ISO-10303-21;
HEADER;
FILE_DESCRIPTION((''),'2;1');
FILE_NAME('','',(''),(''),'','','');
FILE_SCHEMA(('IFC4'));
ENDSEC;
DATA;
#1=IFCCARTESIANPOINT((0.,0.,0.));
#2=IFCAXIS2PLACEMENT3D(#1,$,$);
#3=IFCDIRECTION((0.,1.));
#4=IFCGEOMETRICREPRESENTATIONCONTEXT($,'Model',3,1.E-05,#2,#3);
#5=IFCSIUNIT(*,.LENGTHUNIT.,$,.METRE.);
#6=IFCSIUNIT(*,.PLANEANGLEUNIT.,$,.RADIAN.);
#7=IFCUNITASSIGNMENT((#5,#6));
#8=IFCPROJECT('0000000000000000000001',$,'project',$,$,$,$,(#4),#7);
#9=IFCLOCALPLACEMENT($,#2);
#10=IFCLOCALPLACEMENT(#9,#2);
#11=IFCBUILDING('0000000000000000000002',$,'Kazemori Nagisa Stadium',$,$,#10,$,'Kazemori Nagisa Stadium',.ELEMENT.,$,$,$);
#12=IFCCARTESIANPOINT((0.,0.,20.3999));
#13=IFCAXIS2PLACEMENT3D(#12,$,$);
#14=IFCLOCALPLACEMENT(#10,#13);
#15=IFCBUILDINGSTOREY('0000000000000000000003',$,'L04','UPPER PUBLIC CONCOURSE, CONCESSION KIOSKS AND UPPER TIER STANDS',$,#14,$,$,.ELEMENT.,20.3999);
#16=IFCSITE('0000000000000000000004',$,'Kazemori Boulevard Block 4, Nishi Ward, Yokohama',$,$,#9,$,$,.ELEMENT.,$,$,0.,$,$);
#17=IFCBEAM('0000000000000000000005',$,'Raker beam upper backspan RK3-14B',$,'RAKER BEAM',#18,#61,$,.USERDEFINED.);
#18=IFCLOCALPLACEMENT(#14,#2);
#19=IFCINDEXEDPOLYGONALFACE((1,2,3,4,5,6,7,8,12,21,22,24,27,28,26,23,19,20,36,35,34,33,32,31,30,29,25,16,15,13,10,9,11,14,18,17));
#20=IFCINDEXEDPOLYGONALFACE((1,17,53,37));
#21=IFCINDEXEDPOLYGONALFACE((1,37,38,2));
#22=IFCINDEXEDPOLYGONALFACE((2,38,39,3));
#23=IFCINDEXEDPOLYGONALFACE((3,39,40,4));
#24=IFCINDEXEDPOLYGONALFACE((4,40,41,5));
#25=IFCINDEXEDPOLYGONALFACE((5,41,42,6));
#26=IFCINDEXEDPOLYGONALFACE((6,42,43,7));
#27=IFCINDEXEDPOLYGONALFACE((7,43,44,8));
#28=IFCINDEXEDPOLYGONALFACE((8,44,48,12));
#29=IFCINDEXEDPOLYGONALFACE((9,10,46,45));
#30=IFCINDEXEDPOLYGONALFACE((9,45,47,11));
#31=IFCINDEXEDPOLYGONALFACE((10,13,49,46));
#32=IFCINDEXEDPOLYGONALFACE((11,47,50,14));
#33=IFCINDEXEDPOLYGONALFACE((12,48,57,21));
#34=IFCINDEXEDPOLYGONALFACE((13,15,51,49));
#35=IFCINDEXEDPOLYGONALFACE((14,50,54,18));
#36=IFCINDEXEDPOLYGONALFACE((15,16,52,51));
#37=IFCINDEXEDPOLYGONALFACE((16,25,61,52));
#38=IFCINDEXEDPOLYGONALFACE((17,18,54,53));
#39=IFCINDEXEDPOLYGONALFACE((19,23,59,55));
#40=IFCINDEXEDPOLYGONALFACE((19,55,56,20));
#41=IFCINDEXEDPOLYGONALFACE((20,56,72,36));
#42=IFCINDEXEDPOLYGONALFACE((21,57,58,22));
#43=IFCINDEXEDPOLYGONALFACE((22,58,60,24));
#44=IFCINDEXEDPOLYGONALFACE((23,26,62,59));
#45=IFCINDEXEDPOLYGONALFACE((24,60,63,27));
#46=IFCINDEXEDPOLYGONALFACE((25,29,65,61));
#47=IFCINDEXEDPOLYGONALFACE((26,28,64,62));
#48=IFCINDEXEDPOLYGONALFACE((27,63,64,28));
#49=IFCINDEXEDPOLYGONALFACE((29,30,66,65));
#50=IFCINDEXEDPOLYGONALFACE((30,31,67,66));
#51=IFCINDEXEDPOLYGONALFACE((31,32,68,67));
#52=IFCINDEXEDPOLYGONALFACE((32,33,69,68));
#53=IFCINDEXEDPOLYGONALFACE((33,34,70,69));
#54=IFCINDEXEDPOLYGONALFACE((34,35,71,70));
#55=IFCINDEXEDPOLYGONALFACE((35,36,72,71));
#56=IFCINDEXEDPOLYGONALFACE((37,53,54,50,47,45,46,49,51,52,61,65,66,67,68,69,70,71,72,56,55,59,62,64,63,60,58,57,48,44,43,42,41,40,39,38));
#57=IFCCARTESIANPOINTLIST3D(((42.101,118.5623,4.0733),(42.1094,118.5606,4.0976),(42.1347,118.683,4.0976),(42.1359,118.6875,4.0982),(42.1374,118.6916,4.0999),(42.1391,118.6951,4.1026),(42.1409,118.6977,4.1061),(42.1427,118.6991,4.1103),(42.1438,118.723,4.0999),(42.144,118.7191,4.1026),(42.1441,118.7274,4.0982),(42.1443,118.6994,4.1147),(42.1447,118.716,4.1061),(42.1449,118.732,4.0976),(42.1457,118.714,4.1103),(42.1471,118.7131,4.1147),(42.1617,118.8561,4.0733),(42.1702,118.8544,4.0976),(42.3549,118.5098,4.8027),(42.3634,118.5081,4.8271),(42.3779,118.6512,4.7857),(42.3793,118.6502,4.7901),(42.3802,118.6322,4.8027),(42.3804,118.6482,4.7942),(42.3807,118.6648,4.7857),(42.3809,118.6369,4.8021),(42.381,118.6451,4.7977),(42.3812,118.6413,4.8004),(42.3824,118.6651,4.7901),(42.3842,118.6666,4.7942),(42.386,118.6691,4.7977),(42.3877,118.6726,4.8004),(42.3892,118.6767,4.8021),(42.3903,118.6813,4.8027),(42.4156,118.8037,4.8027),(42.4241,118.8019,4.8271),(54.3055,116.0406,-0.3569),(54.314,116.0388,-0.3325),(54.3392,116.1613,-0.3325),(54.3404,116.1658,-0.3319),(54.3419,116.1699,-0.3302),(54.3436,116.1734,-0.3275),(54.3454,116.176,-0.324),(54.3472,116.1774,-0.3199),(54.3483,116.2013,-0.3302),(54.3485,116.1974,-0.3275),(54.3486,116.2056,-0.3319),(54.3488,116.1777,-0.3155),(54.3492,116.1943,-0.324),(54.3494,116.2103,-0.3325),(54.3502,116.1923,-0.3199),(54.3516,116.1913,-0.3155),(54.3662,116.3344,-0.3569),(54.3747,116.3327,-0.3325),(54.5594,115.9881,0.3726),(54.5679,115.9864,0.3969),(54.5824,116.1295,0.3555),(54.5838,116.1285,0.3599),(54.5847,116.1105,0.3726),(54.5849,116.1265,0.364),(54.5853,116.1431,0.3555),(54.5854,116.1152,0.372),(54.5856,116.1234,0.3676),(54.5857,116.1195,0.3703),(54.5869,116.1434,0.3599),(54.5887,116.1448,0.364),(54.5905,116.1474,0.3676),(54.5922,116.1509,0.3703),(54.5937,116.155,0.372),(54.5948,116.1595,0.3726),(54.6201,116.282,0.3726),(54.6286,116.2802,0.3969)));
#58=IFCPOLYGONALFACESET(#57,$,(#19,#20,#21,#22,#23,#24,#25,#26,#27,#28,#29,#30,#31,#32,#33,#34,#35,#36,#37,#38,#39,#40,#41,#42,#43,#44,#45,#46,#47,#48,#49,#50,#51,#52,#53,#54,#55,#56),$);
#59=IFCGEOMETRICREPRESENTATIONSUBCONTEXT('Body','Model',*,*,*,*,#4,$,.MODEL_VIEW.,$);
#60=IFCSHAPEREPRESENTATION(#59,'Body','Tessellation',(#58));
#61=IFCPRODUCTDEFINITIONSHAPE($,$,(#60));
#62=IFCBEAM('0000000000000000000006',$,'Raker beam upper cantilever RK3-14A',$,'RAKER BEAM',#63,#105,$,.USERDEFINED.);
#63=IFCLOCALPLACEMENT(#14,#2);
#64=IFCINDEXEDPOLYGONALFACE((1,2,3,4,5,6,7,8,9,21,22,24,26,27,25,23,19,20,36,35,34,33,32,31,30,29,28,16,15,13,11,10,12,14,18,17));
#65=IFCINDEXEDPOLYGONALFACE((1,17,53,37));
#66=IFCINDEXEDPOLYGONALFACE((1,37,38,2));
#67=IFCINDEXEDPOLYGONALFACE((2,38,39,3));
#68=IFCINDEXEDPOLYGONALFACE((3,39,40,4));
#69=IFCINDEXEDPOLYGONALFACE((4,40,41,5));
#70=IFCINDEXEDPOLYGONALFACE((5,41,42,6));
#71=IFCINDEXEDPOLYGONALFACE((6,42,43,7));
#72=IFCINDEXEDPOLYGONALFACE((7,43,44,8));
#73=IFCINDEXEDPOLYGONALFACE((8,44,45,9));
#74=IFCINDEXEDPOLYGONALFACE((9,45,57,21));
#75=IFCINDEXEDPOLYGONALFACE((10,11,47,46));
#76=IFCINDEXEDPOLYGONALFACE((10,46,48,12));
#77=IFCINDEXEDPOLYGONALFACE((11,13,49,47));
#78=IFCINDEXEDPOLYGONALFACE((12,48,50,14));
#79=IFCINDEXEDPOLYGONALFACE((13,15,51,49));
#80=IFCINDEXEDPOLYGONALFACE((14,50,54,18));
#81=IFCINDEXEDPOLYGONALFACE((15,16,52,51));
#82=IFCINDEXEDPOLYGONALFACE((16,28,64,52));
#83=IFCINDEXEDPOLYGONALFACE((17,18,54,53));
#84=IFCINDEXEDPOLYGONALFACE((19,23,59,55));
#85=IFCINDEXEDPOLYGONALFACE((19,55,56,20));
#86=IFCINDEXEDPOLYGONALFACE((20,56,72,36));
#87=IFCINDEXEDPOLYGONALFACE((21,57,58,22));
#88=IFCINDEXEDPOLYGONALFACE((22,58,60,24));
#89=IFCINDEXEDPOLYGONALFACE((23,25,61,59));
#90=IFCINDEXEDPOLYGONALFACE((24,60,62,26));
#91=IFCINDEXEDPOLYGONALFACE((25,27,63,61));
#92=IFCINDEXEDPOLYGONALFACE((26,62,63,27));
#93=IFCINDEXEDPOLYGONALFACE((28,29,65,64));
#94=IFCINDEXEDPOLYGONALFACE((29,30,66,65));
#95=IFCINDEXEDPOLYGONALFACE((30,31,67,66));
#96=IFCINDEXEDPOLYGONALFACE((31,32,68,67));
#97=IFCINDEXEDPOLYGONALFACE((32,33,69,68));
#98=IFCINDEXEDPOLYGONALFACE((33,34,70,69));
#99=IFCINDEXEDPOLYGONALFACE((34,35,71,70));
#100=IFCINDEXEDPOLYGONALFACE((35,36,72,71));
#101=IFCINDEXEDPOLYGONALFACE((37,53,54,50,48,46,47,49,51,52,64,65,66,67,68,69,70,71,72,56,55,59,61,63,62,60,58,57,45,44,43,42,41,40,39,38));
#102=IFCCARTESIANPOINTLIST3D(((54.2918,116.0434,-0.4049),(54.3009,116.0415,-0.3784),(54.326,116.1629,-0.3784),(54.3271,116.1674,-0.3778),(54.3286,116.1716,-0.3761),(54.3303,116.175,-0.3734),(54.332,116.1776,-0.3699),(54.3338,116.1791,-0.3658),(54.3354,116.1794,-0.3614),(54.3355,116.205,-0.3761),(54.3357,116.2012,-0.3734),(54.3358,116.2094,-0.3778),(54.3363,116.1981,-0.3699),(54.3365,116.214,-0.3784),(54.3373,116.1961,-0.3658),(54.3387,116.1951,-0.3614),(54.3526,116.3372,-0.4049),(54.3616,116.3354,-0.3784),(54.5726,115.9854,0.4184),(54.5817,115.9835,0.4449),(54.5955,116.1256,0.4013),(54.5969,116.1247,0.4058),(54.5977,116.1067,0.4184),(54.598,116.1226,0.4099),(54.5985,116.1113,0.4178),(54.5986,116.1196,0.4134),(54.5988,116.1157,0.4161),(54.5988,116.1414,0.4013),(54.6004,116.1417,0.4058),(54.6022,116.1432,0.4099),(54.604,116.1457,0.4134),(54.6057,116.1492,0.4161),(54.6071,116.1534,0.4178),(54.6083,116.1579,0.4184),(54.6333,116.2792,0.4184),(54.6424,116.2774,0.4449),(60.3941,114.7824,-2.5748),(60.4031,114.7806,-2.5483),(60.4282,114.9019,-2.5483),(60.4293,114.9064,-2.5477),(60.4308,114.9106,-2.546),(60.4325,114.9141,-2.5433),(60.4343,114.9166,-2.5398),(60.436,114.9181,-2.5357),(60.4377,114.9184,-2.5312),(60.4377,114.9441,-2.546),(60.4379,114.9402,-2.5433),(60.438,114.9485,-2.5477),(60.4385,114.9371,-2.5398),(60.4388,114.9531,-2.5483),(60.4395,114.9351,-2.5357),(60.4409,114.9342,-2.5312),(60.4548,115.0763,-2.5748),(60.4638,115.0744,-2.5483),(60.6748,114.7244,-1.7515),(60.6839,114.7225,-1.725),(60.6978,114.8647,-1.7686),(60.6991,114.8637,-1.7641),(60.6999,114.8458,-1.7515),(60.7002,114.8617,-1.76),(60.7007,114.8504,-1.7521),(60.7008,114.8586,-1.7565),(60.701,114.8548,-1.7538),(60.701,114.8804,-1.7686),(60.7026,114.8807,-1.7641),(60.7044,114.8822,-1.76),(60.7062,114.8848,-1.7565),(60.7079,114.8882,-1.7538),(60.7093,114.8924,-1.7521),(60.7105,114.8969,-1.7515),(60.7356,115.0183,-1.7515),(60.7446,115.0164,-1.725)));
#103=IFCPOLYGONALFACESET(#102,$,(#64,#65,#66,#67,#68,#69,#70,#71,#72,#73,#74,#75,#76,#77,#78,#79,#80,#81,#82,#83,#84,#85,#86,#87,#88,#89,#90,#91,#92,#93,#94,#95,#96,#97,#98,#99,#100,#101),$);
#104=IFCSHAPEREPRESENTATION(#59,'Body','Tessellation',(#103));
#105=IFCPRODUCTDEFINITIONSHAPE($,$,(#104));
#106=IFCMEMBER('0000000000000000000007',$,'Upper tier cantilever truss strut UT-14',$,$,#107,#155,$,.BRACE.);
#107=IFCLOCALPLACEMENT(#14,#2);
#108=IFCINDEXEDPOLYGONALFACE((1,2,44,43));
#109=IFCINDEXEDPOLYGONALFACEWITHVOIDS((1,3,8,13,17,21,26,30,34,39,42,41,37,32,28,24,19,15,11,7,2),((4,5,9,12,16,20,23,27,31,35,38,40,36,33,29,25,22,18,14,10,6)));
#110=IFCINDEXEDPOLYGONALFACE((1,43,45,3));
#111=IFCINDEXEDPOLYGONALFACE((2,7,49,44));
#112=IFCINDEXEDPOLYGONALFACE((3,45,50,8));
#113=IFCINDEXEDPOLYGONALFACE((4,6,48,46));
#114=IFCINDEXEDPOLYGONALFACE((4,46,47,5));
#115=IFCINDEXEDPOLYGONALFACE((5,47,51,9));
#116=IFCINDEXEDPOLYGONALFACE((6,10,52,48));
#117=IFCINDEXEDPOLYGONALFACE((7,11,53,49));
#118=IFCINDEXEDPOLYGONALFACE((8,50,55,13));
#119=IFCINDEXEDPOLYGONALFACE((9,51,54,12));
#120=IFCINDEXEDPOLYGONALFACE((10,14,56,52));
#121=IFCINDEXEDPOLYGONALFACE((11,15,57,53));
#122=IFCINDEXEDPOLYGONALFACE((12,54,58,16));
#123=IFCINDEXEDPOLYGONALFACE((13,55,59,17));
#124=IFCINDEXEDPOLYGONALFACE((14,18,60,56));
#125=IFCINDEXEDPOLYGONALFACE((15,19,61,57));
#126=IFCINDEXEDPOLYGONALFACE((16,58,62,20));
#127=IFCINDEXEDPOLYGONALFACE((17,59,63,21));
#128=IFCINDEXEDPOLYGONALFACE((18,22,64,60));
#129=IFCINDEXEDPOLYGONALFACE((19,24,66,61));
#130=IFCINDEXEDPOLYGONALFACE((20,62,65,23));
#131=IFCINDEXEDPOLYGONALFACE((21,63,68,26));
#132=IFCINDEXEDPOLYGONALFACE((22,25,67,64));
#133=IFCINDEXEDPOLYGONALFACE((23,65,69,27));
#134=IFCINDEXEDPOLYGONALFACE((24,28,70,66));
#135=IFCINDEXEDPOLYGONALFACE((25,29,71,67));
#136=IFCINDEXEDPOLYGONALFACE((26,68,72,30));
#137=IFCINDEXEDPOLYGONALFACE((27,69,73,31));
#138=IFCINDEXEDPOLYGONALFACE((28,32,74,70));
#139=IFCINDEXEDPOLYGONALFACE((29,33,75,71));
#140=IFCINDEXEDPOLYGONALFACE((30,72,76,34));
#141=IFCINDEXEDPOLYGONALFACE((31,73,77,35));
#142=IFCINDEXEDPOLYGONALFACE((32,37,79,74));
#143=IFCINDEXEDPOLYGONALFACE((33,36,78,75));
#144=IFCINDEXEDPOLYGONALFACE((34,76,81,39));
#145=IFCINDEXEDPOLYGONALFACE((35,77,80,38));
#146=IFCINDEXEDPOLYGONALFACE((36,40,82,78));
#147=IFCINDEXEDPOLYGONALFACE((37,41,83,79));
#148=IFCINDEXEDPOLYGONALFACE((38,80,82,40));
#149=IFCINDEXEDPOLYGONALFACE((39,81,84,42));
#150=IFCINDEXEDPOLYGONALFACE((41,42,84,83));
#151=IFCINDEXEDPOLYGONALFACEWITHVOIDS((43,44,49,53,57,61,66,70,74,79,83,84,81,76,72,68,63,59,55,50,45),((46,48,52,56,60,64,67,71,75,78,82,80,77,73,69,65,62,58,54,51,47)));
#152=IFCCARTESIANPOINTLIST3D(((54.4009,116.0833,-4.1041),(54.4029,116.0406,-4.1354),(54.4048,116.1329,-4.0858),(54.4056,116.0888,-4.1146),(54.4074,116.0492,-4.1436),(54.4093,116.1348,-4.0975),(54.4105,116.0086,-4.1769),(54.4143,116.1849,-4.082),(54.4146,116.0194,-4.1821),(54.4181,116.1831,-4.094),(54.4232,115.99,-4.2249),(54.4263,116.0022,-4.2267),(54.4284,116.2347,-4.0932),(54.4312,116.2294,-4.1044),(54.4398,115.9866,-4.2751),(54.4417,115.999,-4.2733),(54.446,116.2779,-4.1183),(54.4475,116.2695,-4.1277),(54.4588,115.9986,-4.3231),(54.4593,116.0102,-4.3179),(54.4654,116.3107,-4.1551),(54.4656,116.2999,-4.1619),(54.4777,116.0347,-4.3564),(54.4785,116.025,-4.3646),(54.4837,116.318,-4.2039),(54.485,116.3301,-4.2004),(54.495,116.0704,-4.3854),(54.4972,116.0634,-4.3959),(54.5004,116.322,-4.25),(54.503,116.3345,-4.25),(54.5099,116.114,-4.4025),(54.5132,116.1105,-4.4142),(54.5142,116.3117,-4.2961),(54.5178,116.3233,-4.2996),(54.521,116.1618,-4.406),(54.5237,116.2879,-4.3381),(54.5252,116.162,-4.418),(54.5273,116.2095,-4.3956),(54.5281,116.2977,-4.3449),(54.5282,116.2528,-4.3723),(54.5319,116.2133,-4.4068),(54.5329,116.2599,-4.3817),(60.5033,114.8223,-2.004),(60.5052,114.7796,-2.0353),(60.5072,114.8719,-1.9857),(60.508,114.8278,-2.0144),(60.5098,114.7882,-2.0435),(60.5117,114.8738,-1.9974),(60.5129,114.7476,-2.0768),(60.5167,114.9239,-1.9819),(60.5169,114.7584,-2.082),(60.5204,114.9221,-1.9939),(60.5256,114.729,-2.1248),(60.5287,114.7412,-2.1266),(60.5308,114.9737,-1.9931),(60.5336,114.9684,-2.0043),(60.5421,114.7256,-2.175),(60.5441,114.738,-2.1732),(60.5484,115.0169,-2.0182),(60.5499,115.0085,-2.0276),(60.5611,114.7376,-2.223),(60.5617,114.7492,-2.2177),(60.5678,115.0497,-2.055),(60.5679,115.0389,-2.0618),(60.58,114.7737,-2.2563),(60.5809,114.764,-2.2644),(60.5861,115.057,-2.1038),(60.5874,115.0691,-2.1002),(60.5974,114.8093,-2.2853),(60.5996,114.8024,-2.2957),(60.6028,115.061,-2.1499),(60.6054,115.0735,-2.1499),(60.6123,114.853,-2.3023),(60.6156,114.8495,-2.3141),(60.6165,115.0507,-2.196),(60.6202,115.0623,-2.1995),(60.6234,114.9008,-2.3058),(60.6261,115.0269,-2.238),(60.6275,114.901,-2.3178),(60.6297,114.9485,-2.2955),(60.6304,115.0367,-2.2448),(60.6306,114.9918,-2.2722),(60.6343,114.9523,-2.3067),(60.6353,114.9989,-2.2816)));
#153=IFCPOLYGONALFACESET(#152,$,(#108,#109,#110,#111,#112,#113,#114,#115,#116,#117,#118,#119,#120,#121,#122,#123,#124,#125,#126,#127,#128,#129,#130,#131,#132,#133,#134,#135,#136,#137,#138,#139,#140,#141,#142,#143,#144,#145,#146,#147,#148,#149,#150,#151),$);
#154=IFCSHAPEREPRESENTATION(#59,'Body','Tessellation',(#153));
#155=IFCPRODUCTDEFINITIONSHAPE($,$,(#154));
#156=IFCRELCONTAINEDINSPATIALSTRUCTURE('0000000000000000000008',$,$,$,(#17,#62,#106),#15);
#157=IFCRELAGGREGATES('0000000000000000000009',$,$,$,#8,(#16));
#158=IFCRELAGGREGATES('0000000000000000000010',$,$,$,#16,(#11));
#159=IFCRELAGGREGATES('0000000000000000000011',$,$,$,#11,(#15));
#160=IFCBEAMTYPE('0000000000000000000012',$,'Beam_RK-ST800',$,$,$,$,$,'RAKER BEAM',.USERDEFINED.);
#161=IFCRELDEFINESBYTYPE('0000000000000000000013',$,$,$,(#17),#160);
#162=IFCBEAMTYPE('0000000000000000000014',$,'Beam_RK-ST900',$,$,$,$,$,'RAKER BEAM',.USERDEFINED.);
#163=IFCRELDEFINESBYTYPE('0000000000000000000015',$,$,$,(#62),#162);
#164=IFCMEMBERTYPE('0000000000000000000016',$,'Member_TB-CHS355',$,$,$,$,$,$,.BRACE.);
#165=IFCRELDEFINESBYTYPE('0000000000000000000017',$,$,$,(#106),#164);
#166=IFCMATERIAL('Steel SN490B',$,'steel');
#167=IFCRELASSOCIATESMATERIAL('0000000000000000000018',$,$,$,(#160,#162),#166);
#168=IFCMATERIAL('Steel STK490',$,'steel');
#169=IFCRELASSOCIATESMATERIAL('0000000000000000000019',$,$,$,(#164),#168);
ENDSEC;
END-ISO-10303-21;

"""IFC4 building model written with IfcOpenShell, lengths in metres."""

from ifc_helpers import new_model, si_unit, direction, frame, origin, origin_2d, place, context, subcontext, project, spatial, hollow_circle, i_section, extrude, material, material_profile, profile_set, type_object, element, save


model = new_model("IFC4")

# Units and contexts
model_context = context("Model", 3, precision=1e-05, world=origin(), true_north=direction((0.0, 1.0)))
body_context = subcontext(model_context, "Body", "Model", "MODEL_VIEW")
ifc_project = project(units=[si_unit("LENGTHUNIT", "METRE"), si_unit("PLANEANGLEUNIT", "RADIAN")], contexts=[model_context])

# Site, building, storey
site_placement = place(None, origin())
site = spatial("IfcSite", under=ifc_project, at=site_placement, Name="Kazemori Boulevard Block 4, Nishi Ward, Yokohama", CompositionType="ELEMENT", RefElevation=0.0)
building_placement = place(site_placement, origin())
building = spatial("IfcBuilding", under=site, at=building_placement, Name="Kazemori Nagisa Stadium", LongName="Kazemori Nagisa Stadium", CompositionType="ELEMENT")
storey_placement = place(building_placement, frame((0.0, 0.0, 20.3999)))
storey = spatial("IfcBuildingStorey", under=building, at=storey_placement, Name="L04", Description="UPPER PUBLIC CONCOURSE, CONCESSION KIOSKS AND UPPER TIER STANDS", CompositionType="ELEMENT", Elevation=20.3999)

# Beams
ifc_material_1 = material(Name="Steel SN490B", Category="steel")
ifc_material_profile_1 = material_profile(ifc_material_1, i_section(OverallWidth=0.3, OverallDepth=0.8, WebThickness=0.0139, FlangeThickness=0.0259, FilletRadius=0.0181, at=origin_2d()), Name="H-800x300x14x26")
ifc_profile_set_1 = profile_set([ifc_material_profile_1], Name="Steel SN490B")
beam_type_1 = type_object("IfcBeamType", Name="Beam_RK-ST800", ElementType="RAKER BEAM", PredefinedType="USERDEFINED", material=ifc_profile_set_1)
beam_1_placement = place(storey_placement, frame((54.467, 116.1604, 0.02), z_axis=(-0.922745, 0.190659, 0.33495), x_axis=(-0.202347, -0.979314, 0.0)))
element("IfcBeam", 1, at=beam_1_placement, inside=storey, type_object=beam_type_1, Name="Raker beam upper backspan RK3-14B", ObjectType="RAKER BEAM", PredefinedType="USERDEFINED", context=body_context, shape_type="SweptSolid", body=[
    extrude(i_section(OverallWidth=0.3, OverallDepth=0.8, WebThickness=0.0139, FlangeThickness=0.0259, FilletRadius=0.0181, at=origin_2d()), origin(), (0.0, 0.0, 1.0), 13.2263),
])
ifc_material_profile_2 = material_profile(ifc_material_1, i_section(OverallWidth=0.3, OverallDepth=0.8999, WebThickness=0.0161, FlangeThickness=0.0281, FilletRadius=0.0181, at=origin_2d()), Name="H-900x300x16x28")
ifc_profile_set_2 = profile_set([ifc_material_profile_2], Name="Steel SN490B")
beam_type_2 = type_object("IfcBeamType", Name="Beam_RK-ST900", ElementType="RAKER BEAM", PredefinedType="USERDEFINED", material=ifc_profile_set_2)
beam_2_placement = place(storey_placement, frame((60.5693, 114.8994, -2.1499), z_axis=(-0.924838, 0.19111, 0.328864), x_axis=(-0.202366, -0.97931, 0.0)))
element("IfcBeam", 2, at=beam_2_placement, inside=storey, type_object=beam_type_2, Name="Raker beam upper cantilever RK3-14A", ObjectType="RAKER BEAM", PredefinedType="USERDEFINED", context=body_context, shape_type="SweptSolid", body=[
    extrude(i_section(OverallWidth=0.3, OverallDepth=0.8999, WebThickness=0.0161, FlangeThickness=0.0281, FilletRadius=0.0181, at=origin_2d()), origin(), (0.0, 0.0, 1.0), 6.5981),
])

# Member
ifc_material_2 = material(Name="Steel STK490", Category="steel")
ifc_material_profile_3 = material_profile(ifc_material_2, hollow_circle(Radius=0.1777, WallThickness=0.0127, at=origin_2d()), Name="CHS-355.6x12.7")
ifc_profile_set_3 = profile_set([ifc_material_profile_3], Name="Steel STK490")
member_type = type_object("IfcMemberType", Name="Member_TB-CHS355", PredefinedType="BRACE", material=ifc_profile_set_3)
member_placement = place(storey_placement, frame((54.467, 116.1604, -4.25), z_axis=(0.928021, -0.191768, 0.319377), x_axis=(0.202366, 0.97931, 0.0)))
element("IfcMember", 3, at=member_placement, inside=storey, type_object=member_type, Name="Upper tier cantilever truss strut UT-14", PredefinedType="BRACE", context=body_context, shape_type="SweptSolid", body=[
    extrude(hollow_circle(Radius=0.1777, WallThickness=0.0127, at=origin_2d()), origin(), (0.0, 0.0, 1.0), 6.5757),
])

save(model, "model.ifc")
